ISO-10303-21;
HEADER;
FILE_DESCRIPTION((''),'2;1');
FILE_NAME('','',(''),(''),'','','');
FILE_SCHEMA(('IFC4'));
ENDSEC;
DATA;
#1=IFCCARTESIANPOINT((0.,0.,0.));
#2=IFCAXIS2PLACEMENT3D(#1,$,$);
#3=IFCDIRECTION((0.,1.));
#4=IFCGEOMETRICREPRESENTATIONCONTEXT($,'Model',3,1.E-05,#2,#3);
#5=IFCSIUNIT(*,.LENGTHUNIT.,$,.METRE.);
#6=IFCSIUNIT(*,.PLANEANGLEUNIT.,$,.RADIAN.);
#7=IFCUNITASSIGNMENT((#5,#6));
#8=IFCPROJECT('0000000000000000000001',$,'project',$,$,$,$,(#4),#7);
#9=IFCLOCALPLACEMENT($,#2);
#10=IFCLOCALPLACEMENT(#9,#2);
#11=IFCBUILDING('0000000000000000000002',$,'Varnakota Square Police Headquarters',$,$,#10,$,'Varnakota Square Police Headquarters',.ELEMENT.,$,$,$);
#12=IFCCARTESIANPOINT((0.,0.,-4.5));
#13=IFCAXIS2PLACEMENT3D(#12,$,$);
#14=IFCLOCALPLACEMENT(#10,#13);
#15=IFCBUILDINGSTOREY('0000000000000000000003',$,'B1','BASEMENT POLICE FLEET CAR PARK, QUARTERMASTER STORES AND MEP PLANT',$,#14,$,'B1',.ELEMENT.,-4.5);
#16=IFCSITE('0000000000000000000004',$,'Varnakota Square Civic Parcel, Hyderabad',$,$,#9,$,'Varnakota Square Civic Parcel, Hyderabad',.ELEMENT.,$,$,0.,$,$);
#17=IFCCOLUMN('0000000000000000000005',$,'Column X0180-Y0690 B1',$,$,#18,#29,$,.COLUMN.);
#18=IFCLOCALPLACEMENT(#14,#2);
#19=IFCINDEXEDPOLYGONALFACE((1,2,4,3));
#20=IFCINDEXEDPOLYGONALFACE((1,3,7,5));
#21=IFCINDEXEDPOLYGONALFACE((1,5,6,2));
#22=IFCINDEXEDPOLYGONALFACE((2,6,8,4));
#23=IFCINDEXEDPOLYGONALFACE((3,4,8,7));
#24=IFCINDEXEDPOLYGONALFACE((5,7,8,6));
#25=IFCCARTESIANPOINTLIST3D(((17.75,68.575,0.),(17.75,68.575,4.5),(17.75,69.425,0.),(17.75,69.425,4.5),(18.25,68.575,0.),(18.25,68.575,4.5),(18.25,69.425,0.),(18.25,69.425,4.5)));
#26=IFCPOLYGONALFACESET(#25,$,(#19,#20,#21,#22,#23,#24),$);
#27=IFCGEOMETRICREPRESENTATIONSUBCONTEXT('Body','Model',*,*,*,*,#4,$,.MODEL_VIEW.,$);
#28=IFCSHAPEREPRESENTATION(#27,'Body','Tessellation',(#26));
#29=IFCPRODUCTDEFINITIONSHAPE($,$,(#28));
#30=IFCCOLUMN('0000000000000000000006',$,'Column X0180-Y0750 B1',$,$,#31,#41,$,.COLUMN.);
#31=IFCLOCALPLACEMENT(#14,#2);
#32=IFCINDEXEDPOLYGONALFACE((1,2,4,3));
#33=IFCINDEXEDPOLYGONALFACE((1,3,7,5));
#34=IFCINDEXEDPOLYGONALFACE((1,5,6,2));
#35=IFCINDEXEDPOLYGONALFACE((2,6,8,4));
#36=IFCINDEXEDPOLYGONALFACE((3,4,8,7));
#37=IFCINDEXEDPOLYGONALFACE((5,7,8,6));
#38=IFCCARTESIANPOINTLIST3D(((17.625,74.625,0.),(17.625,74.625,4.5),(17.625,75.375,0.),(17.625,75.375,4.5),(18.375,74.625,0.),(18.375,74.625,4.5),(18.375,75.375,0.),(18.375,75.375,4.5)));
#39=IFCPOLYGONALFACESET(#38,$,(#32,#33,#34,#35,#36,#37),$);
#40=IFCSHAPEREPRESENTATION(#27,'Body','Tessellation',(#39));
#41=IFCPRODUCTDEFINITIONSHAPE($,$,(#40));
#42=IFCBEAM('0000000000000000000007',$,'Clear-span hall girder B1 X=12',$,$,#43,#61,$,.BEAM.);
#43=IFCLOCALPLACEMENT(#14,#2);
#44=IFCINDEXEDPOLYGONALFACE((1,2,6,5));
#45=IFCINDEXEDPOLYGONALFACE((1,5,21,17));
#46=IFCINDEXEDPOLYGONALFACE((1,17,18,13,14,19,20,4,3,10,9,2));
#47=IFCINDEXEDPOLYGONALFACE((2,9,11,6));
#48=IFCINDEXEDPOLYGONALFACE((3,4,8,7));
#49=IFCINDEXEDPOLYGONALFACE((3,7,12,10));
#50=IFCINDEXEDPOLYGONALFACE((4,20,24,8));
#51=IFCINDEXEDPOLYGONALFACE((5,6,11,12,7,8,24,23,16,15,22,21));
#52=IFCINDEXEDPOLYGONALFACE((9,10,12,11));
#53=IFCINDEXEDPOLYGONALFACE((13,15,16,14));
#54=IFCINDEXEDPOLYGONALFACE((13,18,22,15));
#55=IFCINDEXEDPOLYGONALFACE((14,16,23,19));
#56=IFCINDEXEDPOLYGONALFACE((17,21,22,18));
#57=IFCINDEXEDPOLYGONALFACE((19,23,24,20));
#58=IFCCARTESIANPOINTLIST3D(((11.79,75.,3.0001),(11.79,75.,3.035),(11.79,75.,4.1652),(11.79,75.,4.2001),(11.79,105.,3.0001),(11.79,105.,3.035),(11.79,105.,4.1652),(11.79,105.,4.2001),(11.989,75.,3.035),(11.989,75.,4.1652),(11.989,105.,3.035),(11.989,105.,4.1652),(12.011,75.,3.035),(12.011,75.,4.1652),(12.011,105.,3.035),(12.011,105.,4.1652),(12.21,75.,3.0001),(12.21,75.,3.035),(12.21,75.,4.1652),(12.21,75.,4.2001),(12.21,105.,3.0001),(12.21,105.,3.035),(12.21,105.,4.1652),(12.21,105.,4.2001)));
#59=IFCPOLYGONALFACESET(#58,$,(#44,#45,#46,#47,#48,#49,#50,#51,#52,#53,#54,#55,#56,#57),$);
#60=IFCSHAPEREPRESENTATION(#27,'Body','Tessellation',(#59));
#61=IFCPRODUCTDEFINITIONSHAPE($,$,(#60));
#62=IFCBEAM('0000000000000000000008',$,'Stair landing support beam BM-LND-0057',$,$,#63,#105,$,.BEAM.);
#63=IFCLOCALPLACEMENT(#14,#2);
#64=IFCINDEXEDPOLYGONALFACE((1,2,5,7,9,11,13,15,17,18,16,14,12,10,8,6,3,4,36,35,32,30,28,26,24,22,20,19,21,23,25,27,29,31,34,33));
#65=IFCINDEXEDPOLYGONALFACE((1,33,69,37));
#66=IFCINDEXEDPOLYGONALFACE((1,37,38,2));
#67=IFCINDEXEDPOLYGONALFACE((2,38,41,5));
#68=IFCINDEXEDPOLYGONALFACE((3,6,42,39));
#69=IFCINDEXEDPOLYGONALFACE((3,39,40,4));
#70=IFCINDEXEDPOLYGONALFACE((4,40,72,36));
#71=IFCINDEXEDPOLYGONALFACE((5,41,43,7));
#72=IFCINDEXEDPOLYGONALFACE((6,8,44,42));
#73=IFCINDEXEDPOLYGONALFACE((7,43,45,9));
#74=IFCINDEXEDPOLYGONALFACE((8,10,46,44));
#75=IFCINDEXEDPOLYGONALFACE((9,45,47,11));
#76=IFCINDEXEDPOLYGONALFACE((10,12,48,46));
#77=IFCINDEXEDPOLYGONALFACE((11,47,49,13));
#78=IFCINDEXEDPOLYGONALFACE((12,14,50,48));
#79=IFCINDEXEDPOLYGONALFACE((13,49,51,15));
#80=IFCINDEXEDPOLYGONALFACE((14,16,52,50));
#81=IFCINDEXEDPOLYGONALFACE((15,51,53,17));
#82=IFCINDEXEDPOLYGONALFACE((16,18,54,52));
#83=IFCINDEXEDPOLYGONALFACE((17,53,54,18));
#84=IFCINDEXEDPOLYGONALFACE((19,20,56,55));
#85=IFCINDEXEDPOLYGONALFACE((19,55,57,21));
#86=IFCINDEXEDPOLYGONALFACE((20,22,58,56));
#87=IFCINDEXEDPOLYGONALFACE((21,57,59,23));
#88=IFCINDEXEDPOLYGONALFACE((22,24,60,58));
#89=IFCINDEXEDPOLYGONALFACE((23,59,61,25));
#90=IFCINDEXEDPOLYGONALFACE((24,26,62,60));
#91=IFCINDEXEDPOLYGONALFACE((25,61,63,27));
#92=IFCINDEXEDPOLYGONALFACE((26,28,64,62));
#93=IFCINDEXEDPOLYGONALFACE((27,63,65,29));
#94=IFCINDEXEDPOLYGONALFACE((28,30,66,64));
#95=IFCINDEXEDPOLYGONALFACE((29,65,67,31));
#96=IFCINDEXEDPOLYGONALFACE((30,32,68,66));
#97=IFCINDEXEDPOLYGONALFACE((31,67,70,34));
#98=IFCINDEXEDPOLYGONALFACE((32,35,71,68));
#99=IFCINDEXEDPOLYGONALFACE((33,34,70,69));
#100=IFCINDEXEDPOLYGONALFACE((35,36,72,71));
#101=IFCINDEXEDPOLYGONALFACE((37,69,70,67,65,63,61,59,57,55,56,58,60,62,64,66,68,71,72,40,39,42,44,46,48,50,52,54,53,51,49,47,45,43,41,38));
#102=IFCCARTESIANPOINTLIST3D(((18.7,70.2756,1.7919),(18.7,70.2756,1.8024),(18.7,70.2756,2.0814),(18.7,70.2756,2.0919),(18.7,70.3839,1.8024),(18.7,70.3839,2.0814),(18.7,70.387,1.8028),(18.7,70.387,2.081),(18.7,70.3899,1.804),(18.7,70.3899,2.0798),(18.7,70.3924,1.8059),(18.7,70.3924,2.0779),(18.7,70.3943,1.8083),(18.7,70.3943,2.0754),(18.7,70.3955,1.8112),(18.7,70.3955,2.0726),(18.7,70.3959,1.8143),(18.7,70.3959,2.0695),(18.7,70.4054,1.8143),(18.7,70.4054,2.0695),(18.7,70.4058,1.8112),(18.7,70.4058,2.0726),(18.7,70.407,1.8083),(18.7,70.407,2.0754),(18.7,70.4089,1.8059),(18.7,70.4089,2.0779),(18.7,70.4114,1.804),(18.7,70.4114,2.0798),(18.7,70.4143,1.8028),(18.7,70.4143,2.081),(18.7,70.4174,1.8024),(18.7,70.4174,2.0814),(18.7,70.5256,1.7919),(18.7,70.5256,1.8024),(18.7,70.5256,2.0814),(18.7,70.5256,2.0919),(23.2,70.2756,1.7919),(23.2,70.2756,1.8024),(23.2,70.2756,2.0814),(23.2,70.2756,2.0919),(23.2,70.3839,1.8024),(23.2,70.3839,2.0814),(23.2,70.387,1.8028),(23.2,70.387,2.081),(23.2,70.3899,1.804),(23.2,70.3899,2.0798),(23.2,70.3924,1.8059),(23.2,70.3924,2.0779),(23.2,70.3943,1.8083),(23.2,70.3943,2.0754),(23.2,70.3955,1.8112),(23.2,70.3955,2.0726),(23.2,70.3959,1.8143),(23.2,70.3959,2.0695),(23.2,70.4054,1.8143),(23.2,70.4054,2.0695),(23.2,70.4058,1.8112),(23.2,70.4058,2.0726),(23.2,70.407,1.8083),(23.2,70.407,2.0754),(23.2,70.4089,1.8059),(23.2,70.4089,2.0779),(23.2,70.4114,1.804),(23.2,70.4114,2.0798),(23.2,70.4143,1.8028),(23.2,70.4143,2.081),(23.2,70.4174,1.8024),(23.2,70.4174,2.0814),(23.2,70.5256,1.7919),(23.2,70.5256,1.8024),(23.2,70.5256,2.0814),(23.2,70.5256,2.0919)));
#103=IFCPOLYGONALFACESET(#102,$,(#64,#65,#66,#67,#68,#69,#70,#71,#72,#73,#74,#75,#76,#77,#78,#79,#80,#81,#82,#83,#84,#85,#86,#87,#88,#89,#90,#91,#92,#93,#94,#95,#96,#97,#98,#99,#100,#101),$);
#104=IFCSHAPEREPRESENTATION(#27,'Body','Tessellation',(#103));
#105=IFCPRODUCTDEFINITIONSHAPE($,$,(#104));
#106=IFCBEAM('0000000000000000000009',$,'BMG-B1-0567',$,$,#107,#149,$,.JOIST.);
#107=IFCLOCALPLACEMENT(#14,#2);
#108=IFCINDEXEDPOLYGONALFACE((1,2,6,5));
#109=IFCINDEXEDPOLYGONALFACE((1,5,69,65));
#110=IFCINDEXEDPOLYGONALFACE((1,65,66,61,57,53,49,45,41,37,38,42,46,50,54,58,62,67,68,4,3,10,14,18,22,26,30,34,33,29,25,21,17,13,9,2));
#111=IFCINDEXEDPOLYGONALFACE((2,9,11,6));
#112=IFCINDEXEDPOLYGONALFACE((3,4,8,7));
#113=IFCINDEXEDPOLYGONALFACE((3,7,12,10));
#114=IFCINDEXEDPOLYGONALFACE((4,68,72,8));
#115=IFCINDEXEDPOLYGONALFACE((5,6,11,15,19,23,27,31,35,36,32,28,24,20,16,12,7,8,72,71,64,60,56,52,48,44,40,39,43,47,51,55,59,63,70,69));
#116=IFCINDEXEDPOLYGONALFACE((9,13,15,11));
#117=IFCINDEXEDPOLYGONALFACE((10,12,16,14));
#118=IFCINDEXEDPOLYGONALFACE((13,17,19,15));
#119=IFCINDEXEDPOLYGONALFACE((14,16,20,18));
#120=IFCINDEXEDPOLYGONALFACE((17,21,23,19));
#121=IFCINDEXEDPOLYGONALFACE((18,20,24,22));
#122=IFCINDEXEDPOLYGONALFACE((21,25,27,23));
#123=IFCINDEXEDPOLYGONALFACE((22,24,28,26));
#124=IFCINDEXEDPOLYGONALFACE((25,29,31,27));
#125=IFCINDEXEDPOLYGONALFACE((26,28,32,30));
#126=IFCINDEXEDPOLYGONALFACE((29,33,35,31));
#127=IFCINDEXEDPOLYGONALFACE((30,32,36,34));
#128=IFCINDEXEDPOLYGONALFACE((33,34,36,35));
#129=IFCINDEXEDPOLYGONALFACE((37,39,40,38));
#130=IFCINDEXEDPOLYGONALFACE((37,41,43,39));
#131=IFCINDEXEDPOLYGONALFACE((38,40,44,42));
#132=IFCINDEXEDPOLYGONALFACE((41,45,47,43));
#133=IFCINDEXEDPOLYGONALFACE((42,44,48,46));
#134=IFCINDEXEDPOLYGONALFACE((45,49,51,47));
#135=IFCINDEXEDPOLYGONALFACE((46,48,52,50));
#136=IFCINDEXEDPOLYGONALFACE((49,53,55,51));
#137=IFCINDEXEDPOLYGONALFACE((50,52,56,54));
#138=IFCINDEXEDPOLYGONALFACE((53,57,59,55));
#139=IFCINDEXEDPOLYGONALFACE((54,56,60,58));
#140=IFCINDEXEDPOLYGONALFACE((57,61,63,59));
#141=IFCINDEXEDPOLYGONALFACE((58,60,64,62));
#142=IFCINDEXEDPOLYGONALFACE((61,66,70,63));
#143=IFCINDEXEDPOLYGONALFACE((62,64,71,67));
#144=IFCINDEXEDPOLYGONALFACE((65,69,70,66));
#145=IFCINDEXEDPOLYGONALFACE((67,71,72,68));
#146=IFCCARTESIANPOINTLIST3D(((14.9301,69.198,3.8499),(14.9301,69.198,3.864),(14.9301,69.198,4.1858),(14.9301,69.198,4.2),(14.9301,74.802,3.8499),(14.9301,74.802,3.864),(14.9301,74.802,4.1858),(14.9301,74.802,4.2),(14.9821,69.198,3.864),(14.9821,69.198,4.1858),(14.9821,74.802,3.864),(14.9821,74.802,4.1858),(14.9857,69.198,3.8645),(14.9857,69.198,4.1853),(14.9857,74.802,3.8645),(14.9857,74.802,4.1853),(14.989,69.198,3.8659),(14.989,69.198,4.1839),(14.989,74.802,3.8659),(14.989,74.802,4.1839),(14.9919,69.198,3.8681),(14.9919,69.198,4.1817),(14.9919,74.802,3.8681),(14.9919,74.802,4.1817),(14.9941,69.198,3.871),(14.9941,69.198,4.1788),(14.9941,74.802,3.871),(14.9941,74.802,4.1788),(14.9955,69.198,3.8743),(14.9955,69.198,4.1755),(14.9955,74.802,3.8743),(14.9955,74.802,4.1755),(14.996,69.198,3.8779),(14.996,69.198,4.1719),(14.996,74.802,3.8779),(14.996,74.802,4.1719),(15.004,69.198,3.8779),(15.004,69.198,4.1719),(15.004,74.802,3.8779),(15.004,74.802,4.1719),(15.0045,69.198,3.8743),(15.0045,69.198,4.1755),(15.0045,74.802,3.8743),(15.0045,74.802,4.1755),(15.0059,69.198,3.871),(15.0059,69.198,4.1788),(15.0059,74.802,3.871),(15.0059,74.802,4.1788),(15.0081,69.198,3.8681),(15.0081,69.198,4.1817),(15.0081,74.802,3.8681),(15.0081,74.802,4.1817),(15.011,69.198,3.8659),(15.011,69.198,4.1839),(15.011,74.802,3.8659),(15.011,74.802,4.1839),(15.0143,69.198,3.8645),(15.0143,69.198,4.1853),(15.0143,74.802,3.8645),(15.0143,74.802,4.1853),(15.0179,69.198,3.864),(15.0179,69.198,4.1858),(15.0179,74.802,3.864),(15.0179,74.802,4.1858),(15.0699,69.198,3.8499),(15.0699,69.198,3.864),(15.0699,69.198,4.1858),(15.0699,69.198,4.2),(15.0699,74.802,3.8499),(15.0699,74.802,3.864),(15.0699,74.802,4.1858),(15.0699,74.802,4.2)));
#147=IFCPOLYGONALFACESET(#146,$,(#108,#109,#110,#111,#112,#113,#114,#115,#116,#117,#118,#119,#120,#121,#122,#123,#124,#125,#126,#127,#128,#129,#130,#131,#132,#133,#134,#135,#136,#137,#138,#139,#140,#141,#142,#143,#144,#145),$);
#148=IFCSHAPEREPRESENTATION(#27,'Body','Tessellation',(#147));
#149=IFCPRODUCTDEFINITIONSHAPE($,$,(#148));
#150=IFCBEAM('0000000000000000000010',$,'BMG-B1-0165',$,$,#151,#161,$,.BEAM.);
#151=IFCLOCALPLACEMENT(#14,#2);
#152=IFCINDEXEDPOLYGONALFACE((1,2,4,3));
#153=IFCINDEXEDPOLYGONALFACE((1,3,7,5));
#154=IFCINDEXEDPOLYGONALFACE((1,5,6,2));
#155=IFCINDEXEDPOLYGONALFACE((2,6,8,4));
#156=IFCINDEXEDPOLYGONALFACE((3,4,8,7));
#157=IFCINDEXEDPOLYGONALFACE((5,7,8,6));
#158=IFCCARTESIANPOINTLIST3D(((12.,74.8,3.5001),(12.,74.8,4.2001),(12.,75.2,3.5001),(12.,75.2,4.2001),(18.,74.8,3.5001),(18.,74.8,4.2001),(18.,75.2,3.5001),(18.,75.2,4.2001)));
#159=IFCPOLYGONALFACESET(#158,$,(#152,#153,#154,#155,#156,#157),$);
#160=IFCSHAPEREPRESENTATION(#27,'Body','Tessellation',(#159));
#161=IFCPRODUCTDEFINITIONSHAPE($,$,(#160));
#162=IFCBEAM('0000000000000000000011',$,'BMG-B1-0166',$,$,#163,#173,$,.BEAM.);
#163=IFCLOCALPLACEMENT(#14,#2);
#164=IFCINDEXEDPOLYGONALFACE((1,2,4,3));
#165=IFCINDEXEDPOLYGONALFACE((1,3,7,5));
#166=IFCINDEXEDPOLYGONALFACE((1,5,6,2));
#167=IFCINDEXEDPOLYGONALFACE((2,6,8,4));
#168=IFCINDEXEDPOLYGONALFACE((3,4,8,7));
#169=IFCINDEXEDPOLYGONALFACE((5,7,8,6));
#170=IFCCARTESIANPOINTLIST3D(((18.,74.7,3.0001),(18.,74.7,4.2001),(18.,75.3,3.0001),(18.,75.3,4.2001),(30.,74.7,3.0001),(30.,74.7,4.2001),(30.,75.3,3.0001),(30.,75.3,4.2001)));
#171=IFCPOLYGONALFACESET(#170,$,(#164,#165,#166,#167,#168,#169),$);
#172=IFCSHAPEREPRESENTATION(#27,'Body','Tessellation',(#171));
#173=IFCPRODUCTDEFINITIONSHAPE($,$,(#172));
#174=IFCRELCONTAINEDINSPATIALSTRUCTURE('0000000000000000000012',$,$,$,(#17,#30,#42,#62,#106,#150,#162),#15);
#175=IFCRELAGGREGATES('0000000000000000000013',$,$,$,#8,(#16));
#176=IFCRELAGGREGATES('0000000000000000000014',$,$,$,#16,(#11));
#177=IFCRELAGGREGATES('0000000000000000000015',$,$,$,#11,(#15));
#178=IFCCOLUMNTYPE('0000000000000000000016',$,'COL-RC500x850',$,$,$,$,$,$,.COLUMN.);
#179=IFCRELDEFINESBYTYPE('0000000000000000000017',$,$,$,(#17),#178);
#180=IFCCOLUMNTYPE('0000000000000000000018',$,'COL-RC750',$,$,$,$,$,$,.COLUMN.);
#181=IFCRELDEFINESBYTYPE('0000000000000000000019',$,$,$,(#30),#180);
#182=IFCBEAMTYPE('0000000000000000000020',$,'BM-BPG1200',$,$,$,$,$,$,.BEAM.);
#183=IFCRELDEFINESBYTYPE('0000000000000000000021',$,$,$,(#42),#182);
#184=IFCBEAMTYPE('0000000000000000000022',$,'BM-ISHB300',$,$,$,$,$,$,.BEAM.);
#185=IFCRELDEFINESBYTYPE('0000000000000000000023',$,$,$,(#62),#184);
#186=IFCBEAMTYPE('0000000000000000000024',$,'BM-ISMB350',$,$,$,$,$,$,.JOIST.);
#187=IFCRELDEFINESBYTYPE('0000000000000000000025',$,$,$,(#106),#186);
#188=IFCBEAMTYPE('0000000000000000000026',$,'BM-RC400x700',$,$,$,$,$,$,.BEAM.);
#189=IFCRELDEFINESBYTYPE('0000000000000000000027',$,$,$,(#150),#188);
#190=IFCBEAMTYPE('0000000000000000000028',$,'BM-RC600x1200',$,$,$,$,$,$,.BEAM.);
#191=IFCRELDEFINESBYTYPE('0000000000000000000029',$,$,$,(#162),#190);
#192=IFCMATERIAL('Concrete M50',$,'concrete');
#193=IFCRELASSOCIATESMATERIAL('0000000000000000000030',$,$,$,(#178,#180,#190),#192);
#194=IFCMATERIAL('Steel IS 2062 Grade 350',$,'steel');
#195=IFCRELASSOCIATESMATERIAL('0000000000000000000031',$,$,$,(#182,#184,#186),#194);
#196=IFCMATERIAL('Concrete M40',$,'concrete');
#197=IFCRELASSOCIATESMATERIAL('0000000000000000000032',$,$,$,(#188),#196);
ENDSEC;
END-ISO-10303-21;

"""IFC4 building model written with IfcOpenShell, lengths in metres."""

from ifc_helpers import new_model, si_unit, direction, frame, origin, origin_2d, place, context, subcontext, project, spatial, rectangle, i_section, extrude, material, material_profile, profile_set, type_object, element, save


model = new_model("IFC4")

# Units and contexts
model_context = context("Model", 3, precision=1e-05, world=origin(), true_north=direction((0.0, 1.0)))
body_context = subcontext(model_context, "Body", "Model", "MODEL_VIEW")
ifc_project = project(units=[si_unit("LENGTHUNIT", "METRE"), si_unit("PLANEANGLEUNIT", "RADIAN")], contexts=[model_context])

# Site, building, storey
site_placement = place(None, origin())
site = spatial("IfcSite", under=ifc_project, at=site_placement, Name="Varnakota Square Civic Parcel, Hyderabad", LongName="Varnakota Square Civic Parcel, Hyderabad", CompositionType="ELEMENT", RefElevation=0.0)
building_placement = place(site_placement, origin())
building = spatial("IfcBuilding", under=site, at=building_placement, Name="Varnakota Square Police Headquarters", LongName="Varnakota Square Police Headquarters", CompositionType="ELEMENT")
storey_placement = place(building_placement, frame((0.0, 0.0, -4.5)))
storey = spatial("IfcBuildingStorey", under=building, at=storey_placement, Name="B1", Description="BASEMENT POLICE FLEET CAR PARK, QUARTERMASTER STORES AND MEP PLANT", LongName="B1", CompositionType="ELEMENT", Elevation=-4.5)

# Shared definitions
ifc_material_1 = material(Name="Concrete M40", Category="concrete")

# Columns
ifc_material_2 = material(Name="Concrete M50", Category="concrete")
ifc_material_profile_1 = material_profile(ifc_material_2, rectangle(XDim=0.5, YDim=0.8501, at=origin_2d()), Name="RC 500x850")
ifc_profile_set_1 = profile_set([ifc_material_profile_1], Name="Concrete M50")
column_type_1 = type_object("IfcColumnType", Name="COL-RC500x850", PredefinedType="COLUMN", material=ifc_profile_set_1)
column_1_placement = place(storey_placement, frame((18.0, 69.0, 0.0), z_axis=(0.0, 0.0, 1.0), x_axis=(1.0, 0.0, 0.0)))
element("IfcColumn", 1, at=column_1_placement, inside=storey, type_object=column_type_1, Name="Column X0180-Y0690 B1", PredefinedType="COLUMN", context=body_context, shape_type="SweptSolid", body=[
    extrude(rectangle(XDim=0.5, YDim=0.8501, at=origin_2d()), origin(), (0.0, 0.0, 1.0), 4.5),
])
ifc_material_profile_2 = material_profile(ifc_material_2, rectangle(XDim=0.75, YDim=0.75, at=origin_2d()), Name="RC 750x750")
ifc_profile_set_2 = profile_set([ifc_material_profile_2], Name="Concrete M50")
column_type_2 = type_object("IfcColumnType", Name="COL-RC750", PredefinedType="COLUMN", material=ifc_profile_set_2)
column_2_placement = place(storey_placement, frame((18.0, 75.0, 0.0), z_axis=(0.0, 0.0, 1.0), x_axis=(1.0, 0.0, 0.0)))
element("IfcColumn", 2, at=column_2_placement, inside=storey, type_object=column_type_2, Name="Column X0180-Y0750 B1", PredefinedType="COLUMN", context=body_context, shape_type="SweptSolid", body=[
    extrude(rectangle(XDim=0.75, YDim=0.75, at=origin_2d()), origin(), (0.0, 0.0, 1.0), 4.5),
])

# Beams
ifc_material_3 = material(Name="Steel IS 2062 Grade 350", Category="steel")
ifc_material_profile_3 = material_profile(ifc_material_3, i_section(OverallWidth=0.4199, OverallDepth=1.2, WebThickness=0.022, FlangeThickness=0.0349, at=origin_2d()), Name="BPG 1200x420")
ifc_profile_set_3 = profile_set([ifc_material_profile_3], Name="Steel IS 2062 Grade 350")
beam_type_1 = type_object("IfcBeamType", Name="BM-BPG1200", PredefinedType="BEAM", material=ifc_profile_set_3)
beam_1_placement = place(storey_placement, frame((12.0, 75.0, 3.6001), z_axis=(0.0, 1.0, 0.0), x_axis=(-1.0, 0.0, 0.0)))
element("IfcBeam", 3, at=beam_1_placement, inside=storey, type_object=beam_type_1, Name="Clear-span hall girder B1 X=12", PredefinedType="BEAM", context=body_context, shape_type="SweptSolid", body=[
    extrude(i_section(OverallWidth=0.4199, OverallDepth=1.2, WebThickness=0.022, FlangeThickness=0.0349, at=origin_2d()), origin(), (0.0, 0.0, 1.0), 30.0),
])
ifc_material_profile_4 = material_profile(ifc_material_3, i_section(OverallWidth=0.25, OverallDepth=0.3, WebThickness=0.0095, FlangeThickness=0.0105, FilletRadius=0.012, at=origin_2d()), Name="ISHB 300")
ifc_profile_set_4 = profile_set([ifc_material_profile_4], Name="Steel IS 2062 Grade 350")
beam_type_2 = type_object("IfcBeamType", Name="BM-ISHB300", PredefinedType="BEAM", material=ifc_profile_set_4)
beam_2_placement = place(storey_placement, frame((18.7, 70.4006, 1.9419), z_axis=(1.0, 0.0, 0.0), x_axis=(0.0, 1.0, 0.0)))
element("IfcBeam", 4, at=beam_2_placement, inside=storey, type_object=beam_type_2, Name="Stair landing support beam BM-LND-0057", PredefinedType="BEAM", context=body_context, shape_type="SweptSolid", body=[
    extrude(i_section(OverallWidth=0.25, OverallDepth=0.3, WebThickness=0.0095, FlangeThickness=0.0105, FilletRadius=0.012, at=origin_2d()), origin(), (0.0, 0.0, 1.0), 4.5),
])
ifc_material_profile_5 = material_profile(ifc_material_3, i_section(OverallWidth=0.1399, OverallDepth=0.3501, WebThickness=0.0081, FlangeThickness=0.0142, FilletRadius=0.0139, at=origin_2d()), Name="ISMB 350")
ifc_profile_set_5 = profile_set([ifc_material_profile_5], Name="Steel IS 2062 Grade 350")
beam_type_3 = type_object("IfcBeamType", Name="BM-ISMB350", PredefinedType="JOIST", material=ifc_profile_set_5)
beam_3_placement = place(storey_placement, frame((15.0, 69.198, 4.0249), z_axis=(0.0, 1.0, 0.0), x_axis=(-1.0, 0.0, 0.0)))
element("IfcBeam", 5, at=beam_3_placement, inside=storey, type_object=beam_type_3, Name="BMG-B1-0567", PredefinedType="JOIST", context=body_context, shape_type="SweptSolid", body=[
    extrude(i_section(OverallWidth=0.1399, OverallDepth=0.3501, WebThickness=0.0081, FlangeThickness=0.0142, FilletRadius=0.0139, at=origin_2d()), origin(), (0.0, 0.0, 1.0), 5.604),
])
ifc_material_profile_6 = material_profile(ifc_material_1, rectangle(XDim=0.3999, YDim=0.7, at=origin_2d()), Name="RC 400x700")
ifc_profile_set_6 = profile_set([ifc_material_profile_6], Name="Concrete M40")
beam_type_4 = type_object("IfcBeamType", Name="BM-RC400x700", PredefinedType="BEAM", material=ifc_profile_set_6)
beam_4_placement = place(storey_placement, frame((12.0, 75.0, 3.8501), z_axis=(1.0, 0.0, 0.0), x_axis=(0.0, 1.0, 0.0)))
element("IfcBeam", 6, at=beam_4_placement, inside=storey, type_object=beam_type_4, Name="BMG-B1-0165", PredefinedType="BEAM", context=body_context, shape_type="SweptSolid", body=[
    extrude(rectangle(XDim=0.3999, YDim=0.7, at=origin_2d()), origin(), (0.0, 0.0, 1.0), 6.0),
])
ifc_material_profile_7 = material_profile(ifc_material_2, rectangle(XDim=0.6001, YDim=1.2, at=origin_2d()), Name="RC 600x1200")
ifc_profile_set_7 = profile_set([ifc_material_profile_7], Name="Concrete M50")
beam_type_5 = type_object("IfcBeamType", Name="BM-RC600x1200", PredefinedType="BEAM", material=ifc_profile_set_7)
beam_5_placement = place(storey_placement, frame((18.0, 75.0, 3.6001), z_axis=(1.0, 0.0, 0.0), x_axis=(0.0, 1.0, 0.0)))
element("IfcBeam", 7, at=beam_5_placement, inside=storey, type_object=beam_type_5, Name="BMG-B1-0166", PredefinedType="BEAM", context=body_context, shape_type="SweptSolid", body=[
    extrude(rectangle(XDim=0.6001, YDim=1.2, at=origin_2d()), origin(), (0.0, 0.0, 1.0), 12.0),
])

save(model, "model.ifc")
